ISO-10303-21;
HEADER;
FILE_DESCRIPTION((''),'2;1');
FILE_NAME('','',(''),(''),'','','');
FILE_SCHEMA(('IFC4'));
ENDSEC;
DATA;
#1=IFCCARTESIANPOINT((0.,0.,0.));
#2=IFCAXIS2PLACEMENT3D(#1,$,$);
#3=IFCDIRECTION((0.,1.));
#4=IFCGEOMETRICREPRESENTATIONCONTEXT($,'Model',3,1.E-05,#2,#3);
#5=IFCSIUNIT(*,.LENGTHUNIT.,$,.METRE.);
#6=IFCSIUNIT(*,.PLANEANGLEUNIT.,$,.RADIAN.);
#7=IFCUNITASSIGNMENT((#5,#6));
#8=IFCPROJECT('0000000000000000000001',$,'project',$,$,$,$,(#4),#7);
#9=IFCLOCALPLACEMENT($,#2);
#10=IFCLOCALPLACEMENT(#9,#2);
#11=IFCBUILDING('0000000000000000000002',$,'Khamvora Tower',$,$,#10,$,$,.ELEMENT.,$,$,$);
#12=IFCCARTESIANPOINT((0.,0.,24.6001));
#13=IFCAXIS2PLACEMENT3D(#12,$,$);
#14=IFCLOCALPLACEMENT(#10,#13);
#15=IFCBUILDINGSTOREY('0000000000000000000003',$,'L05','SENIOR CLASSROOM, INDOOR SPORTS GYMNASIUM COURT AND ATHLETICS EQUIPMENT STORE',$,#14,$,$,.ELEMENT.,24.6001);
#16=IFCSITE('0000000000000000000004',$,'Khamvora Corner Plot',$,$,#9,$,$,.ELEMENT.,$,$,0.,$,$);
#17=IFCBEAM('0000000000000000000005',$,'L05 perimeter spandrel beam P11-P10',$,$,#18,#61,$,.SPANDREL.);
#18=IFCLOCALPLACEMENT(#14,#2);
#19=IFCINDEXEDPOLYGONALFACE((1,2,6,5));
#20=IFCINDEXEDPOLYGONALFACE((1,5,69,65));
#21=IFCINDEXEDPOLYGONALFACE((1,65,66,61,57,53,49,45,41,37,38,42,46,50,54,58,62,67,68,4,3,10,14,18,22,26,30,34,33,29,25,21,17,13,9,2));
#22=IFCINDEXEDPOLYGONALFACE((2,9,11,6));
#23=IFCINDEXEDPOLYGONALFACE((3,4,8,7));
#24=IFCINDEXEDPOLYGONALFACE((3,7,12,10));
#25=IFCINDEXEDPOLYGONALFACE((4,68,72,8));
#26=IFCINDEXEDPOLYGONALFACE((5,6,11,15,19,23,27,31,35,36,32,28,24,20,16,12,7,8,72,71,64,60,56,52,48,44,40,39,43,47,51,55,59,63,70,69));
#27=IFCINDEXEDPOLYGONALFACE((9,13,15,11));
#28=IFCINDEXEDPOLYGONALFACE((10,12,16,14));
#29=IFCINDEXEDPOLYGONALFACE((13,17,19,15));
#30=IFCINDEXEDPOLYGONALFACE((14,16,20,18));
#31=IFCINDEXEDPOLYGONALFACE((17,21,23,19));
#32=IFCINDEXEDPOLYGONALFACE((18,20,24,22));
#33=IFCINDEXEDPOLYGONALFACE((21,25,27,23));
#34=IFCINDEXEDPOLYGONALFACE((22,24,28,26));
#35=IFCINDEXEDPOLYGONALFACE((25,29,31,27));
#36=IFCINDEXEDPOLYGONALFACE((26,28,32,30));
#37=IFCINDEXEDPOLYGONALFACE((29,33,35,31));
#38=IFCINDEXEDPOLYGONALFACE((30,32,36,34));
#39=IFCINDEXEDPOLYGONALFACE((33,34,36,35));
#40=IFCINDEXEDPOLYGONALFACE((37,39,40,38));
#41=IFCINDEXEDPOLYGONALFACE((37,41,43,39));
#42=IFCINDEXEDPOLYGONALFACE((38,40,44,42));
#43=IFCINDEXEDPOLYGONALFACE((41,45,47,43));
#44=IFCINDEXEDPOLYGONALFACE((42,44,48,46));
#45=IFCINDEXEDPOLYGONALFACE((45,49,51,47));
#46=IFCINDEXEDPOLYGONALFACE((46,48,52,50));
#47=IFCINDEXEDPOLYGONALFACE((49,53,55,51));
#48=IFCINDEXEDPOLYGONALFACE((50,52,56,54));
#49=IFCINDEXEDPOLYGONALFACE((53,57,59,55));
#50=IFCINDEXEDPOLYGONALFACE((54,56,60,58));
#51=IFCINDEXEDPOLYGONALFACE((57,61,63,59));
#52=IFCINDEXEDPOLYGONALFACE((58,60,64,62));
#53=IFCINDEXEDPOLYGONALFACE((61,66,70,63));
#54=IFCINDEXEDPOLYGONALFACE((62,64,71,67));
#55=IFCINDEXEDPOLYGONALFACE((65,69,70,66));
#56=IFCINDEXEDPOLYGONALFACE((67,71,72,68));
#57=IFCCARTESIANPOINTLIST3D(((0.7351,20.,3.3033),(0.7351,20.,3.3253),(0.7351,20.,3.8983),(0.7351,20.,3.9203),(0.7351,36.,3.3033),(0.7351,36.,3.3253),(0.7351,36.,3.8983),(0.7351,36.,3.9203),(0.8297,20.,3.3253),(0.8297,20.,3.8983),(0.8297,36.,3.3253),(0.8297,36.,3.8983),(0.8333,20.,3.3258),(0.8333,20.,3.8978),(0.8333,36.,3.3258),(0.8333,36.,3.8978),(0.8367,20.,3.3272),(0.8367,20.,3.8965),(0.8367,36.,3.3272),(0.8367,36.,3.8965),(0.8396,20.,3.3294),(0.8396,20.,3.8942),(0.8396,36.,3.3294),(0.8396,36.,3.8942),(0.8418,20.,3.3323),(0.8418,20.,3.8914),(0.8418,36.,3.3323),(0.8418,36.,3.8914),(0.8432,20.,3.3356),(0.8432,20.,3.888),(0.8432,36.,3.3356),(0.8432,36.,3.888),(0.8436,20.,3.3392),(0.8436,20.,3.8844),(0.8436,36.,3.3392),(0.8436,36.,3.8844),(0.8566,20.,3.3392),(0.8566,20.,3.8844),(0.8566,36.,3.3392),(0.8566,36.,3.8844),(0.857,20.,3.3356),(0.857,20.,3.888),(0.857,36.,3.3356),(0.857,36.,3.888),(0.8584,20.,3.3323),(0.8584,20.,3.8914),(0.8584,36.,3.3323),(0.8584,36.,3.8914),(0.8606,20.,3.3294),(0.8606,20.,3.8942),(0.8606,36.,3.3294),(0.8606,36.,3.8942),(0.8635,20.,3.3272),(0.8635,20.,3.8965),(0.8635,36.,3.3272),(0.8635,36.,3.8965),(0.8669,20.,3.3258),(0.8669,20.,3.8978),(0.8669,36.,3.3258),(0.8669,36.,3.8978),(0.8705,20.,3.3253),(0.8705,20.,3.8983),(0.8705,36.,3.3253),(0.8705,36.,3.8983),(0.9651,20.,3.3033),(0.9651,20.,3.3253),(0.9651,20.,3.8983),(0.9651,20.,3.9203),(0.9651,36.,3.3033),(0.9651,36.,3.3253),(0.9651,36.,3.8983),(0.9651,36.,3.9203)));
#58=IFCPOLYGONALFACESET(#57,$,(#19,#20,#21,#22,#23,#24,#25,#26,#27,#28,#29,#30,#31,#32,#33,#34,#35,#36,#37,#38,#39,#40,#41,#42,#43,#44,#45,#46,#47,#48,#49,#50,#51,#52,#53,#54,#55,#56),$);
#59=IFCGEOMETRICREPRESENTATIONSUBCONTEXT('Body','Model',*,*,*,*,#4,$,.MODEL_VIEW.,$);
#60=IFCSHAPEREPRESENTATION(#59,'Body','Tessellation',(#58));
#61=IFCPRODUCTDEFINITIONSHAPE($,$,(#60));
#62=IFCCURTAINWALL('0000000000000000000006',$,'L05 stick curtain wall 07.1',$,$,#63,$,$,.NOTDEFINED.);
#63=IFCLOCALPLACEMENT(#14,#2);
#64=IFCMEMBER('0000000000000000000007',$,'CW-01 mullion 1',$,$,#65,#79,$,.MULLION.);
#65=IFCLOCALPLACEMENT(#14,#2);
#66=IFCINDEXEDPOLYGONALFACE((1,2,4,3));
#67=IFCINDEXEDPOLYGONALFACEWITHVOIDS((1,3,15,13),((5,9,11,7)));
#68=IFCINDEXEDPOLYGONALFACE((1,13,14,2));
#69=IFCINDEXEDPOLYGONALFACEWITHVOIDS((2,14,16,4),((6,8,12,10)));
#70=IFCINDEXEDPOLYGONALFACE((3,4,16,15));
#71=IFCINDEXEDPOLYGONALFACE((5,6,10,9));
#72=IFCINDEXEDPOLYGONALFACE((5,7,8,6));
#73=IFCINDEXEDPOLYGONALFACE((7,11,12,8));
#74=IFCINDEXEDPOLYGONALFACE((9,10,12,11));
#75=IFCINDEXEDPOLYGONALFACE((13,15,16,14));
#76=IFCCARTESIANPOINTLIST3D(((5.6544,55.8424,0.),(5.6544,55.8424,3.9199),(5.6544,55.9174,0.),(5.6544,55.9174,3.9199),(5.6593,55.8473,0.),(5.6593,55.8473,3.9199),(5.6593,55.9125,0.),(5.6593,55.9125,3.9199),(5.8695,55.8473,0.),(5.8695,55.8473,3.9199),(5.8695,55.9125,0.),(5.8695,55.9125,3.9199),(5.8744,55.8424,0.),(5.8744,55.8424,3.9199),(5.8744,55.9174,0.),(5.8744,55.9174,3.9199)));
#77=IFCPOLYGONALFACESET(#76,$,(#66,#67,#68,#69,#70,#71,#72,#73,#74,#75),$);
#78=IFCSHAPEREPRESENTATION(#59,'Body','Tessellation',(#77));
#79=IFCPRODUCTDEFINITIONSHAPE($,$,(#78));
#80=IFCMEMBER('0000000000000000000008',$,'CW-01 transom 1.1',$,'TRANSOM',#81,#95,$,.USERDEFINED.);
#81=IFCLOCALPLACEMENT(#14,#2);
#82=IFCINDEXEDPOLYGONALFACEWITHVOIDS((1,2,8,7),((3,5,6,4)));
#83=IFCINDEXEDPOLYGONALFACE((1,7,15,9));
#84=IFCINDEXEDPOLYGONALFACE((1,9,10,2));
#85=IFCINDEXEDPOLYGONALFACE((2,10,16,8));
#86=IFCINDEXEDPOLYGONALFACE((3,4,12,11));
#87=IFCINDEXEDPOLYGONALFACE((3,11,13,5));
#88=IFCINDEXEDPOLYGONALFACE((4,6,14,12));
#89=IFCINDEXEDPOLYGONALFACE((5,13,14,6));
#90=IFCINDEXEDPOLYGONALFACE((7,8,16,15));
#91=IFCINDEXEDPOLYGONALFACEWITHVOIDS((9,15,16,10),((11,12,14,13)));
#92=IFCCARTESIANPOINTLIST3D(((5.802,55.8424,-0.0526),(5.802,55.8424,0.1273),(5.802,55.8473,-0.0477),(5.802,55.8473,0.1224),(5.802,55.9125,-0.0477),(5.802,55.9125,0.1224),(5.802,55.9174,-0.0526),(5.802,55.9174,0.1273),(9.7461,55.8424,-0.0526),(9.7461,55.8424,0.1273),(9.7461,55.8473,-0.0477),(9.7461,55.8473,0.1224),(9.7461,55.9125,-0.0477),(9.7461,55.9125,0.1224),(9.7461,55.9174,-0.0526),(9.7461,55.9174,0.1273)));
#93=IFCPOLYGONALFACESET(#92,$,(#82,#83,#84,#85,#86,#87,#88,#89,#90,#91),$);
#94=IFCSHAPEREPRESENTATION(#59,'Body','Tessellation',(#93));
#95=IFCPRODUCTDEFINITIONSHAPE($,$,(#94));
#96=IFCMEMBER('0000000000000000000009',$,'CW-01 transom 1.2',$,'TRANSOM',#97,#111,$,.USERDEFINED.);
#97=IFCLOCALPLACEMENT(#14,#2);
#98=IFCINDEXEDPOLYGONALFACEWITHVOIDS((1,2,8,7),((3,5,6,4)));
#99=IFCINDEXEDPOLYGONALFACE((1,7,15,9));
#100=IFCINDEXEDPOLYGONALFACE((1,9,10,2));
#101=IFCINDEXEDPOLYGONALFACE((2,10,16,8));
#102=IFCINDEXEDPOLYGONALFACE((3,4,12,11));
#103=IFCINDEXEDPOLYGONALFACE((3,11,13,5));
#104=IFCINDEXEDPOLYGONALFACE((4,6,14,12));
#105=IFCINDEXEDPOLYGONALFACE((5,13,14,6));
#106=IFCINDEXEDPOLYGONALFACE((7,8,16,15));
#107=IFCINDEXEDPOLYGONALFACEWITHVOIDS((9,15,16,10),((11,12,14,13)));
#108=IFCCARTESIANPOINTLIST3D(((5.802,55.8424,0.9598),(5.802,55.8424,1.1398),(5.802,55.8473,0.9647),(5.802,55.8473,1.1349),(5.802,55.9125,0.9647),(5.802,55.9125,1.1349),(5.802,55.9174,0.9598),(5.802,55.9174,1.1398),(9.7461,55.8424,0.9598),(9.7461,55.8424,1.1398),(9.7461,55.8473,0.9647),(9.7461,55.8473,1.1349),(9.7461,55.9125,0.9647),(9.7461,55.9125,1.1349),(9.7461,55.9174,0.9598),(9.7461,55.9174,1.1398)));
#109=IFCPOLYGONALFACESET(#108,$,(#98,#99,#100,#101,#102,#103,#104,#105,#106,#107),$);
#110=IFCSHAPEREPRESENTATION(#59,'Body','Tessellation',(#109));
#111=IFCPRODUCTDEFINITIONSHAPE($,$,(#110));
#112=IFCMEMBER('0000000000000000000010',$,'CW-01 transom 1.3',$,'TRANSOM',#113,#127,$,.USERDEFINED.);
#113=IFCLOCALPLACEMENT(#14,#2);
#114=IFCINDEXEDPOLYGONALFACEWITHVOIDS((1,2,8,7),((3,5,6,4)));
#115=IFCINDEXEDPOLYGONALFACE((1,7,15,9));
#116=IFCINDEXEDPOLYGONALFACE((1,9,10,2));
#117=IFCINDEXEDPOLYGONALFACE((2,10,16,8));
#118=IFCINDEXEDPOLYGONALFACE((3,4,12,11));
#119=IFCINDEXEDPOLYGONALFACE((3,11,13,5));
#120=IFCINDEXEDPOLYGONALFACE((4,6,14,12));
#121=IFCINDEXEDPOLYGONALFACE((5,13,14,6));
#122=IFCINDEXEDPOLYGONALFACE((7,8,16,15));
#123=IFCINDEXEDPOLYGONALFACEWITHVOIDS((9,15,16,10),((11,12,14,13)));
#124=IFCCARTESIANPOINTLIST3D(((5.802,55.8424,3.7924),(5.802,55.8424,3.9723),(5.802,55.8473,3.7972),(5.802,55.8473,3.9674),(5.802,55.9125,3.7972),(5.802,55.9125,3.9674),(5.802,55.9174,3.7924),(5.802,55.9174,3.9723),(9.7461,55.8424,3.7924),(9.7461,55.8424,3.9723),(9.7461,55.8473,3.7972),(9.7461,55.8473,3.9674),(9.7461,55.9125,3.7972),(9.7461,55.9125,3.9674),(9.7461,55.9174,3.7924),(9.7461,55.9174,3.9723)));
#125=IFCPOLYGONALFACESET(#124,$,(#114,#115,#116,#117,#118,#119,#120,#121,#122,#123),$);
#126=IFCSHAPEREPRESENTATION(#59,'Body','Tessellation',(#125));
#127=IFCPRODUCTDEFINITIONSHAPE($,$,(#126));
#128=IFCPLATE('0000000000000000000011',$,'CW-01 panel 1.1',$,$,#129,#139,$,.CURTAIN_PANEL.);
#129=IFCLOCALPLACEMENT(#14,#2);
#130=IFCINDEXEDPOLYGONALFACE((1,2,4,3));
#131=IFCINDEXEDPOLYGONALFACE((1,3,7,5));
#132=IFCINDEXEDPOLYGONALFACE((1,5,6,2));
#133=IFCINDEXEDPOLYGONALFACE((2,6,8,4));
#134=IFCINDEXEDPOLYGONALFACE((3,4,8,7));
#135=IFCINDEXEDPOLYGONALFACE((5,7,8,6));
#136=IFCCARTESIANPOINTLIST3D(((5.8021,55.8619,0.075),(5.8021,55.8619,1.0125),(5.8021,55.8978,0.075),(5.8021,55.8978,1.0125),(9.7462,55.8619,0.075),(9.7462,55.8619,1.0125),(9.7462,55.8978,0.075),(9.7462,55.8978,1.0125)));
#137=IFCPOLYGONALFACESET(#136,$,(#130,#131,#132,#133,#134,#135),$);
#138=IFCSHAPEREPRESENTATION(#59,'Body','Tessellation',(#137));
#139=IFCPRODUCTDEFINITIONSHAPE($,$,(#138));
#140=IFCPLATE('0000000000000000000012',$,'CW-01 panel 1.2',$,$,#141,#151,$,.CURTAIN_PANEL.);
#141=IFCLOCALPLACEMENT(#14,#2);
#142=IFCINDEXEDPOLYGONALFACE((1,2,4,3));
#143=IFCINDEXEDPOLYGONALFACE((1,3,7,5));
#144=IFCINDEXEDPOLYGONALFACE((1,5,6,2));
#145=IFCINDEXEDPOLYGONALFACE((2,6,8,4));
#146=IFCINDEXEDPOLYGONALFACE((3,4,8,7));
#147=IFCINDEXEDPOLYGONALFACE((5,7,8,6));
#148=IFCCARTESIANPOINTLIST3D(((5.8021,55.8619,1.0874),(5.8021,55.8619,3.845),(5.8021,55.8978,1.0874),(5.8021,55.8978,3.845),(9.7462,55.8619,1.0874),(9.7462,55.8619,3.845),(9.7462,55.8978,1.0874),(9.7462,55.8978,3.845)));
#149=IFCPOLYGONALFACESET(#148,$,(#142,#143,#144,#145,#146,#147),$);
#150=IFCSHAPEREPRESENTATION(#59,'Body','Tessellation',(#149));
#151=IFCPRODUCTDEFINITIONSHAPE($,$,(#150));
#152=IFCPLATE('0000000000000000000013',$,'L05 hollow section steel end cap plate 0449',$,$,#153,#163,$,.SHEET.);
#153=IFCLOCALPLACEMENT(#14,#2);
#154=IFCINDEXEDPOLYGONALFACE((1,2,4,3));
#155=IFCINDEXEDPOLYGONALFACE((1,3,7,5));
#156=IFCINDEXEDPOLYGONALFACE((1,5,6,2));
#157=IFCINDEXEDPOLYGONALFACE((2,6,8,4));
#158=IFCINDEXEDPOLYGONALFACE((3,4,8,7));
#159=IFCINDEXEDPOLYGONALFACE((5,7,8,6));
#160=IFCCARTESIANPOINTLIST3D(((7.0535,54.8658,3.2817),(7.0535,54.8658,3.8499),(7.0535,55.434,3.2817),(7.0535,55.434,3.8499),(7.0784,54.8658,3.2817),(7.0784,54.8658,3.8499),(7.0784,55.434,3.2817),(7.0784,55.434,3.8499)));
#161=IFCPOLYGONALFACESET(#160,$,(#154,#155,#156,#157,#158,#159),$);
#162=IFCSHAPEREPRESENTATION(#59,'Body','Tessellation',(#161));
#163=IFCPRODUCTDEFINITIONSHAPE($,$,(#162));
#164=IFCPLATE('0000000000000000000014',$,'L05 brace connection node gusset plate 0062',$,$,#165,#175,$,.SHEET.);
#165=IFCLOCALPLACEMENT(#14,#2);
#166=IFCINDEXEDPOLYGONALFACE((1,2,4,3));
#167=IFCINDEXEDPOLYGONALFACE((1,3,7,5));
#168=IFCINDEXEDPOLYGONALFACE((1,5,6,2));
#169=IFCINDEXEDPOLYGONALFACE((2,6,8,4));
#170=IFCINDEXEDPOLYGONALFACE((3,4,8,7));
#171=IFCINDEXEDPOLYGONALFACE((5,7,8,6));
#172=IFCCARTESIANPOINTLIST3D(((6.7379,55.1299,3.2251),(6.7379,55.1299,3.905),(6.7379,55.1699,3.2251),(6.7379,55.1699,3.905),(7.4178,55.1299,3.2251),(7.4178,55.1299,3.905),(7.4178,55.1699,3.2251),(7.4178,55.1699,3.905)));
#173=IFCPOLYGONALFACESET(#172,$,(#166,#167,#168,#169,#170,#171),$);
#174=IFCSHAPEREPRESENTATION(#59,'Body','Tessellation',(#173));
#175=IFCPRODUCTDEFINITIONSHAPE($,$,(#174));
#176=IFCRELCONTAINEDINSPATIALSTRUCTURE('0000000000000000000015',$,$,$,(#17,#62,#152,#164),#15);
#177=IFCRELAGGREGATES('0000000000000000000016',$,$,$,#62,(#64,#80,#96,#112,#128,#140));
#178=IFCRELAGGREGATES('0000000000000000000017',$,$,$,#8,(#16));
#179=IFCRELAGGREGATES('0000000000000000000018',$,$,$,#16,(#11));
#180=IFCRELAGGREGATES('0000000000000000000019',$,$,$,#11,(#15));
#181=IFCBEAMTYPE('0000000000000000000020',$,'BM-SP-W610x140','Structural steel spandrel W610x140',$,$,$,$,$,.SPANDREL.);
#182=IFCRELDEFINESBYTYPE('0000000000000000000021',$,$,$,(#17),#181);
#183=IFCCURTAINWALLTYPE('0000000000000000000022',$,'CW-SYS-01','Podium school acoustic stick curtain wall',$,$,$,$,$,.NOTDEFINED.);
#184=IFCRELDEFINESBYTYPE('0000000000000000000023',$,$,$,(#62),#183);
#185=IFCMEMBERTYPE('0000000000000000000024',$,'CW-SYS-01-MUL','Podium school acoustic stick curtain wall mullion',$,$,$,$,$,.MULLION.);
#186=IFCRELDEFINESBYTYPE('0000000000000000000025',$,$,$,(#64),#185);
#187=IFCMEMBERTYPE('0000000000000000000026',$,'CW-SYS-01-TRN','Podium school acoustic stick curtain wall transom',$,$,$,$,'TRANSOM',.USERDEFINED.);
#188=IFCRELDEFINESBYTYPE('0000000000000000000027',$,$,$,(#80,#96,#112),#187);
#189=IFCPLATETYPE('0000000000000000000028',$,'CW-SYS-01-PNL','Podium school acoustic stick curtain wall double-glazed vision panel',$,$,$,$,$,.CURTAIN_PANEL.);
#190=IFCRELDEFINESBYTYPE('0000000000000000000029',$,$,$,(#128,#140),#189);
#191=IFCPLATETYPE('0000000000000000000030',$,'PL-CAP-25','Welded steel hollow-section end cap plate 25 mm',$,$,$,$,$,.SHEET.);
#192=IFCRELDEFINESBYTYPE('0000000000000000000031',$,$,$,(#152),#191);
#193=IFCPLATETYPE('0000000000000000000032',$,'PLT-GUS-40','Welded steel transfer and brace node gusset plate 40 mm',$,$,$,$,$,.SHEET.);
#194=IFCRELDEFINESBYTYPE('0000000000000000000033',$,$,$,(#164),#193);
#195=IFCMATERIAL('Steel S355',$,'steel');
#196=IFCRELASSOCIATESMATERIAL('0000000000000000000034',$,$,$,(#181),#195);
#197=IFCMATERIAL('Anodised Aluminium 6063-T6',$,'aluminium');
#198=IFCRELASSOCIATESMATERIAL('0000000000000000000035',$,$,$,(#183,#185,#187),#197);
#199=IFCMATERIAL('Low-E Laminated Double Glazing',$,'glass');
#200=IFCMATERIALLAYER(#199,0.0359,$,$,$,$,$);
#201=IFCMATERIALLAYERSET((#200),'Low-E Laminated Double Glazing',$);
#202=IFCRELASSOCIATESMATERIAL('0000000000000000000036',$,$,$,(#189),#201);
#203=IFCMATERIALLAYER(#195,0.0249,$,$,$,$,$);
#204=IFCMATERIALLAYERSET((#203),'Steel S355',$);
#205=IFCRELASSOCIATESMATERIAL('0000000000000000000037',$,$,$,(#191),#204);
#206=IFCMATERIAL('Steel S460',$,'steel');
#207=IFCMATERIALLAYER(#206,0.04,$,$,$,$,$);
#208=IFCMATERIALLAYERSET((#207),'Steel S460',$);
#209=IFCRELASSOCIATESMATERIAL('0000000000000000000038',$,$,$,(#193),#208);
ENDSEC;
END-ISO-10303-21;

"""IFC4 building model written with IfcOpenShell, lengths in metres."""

from ifc_helpers import new_model, si_unit, direction, frame, origin, origin_2d, place, context, subcontext, project, spatial, rectangle, hollow_rectangle, i_section, extrude, material, layer, layer_set, material_profile, profile_set, type_object, element, aggregate, save


model = new_model("IFC4")

# Units and contexts
model_context = context("Model", 3, precision=1e-05, world=origin(), true_north=direction((0.0, 1.0)))
body_context = subcontext(model_context, "Body", "Model", "MODEL_VIEW")
ifc_project = project(units=[si_unit("LENGTHUNIT", "METRE"), si_unit("PLANEANGLEUNIT", "RADIAN")], contexts=[model_context])

# Site, building, storey
site_placement = place(None, origin())
site = spatial("IfcSite", under=ifc_project, at=site_placement, Name="Khamvora Corner Plot", CompositionType="ELEMENT", RefElevation=0.0)
building_placement = place(site_placement, origin())
building = spatial("IfcBuilding", under=site, at=building_placement, Name="Khamvora Tower", CompositionType="ELEMENT")
storey_placement = place(building_placement, frame((0.0, 0.0, 24.6001)))
storey = spatial("IfcBuildingStorey", under=building, at=storey_placement, Name="L05", Description="SENIOR CLASSROOM, INDOOR SPORTS GYMNASIUM COURT AND ATHLETICS EQUIPMENT STORE", CompositionType="ELEMENT", Elevation=24.6001)

# Shared definitions
ifc_material_1 = material(Name="Steel S460", Category="steel")

# Beam
ifc_material_2 = material(Name="Steel S355", Category="steel")
ifc_material_profile_1 = material_profile(ifc_material_2, i_section(OverallWidth=0.23, OverallDepth=0.6169, WebThickness=0.0129, FlangeThickness=0.022, FilletRadius=0.0139, at=origin_2d()), Name="W610x140")
ifc_profile_set_1 = profile_set([ifc_material_profile_1], Name="Steel S355")
beam_type_1 = type_object("IfcBeamType", Name="BM-SP-W610x140", Description="Structural steel spandrel W610x140", PredefinedType="SPANDREL", material=ifc_profile_set_1)
beam_1_placement = place(storey_placement, frame((0.8501, 36.0, 3.6118), z_axis=(0.0, -1.0, 0.0), x_axis=(1.0, 0.0, 0.0)))
element("IfcBeam", 1, at=beam_1_placement, inside=storey, type_object=beam_type_1, Name="L05 perimeter spandrel beam P11-P10", PredefinedType="SPANDREL", context=body_context, shape_type="SweptSolid", body=[
    extrude(i_section(OverallWidth=0.23, OverallDepth=0.6169, WebThickness=0.0129, FlangeThickness=0.022, FilletRadius=0.0139, at=origin_2d()), origin(), (0.0, 0.0, 1.0), 16.0),
])

# Curtain wall, members, plates
ifc_material_3 = material(Name="Anodised Aluminium 6063-T6", Category="aluminium")
curtain_wall_type = type_object("IfcCurtainWallType", Name="CW-SYS-01", Description="Podium school acoustic stick curtain wall", PredefinedType="NOTDEFINED", material=ifc_material_3)
curtain_wall_placement = place(storey_placement, origin())
curtain_wall = element("IfcCurtainWall", 2, at=curtain_wall_placement, inside=storey, type_object=curtain_wall_type, Name="L05 stick curtain wall 07.1", PredefinedType="NOTDEFINED")
ifc_material_profile_2 = material_profile(ifc_material_3, hollow_rectangle(XDim=0.075, YDim=0.22, WallThickness=0.0049, at=origin_2d()), Name="MUL75x220x5")
ifc_profile_set_2 = profile_set([ifc_material_profile_2], Name="Anodised Aluminium 6063-T6")
member_type_1 = type_object("IfcMemberType", Name="CW-SYS-01-MUL", Description="Podium school acoustic stick curtain wall mullion", PredefinedType="MULLION", material=ifc_profile_set_2)
member_1_placement = place(storey_placement, frame((5.7644, 55.8799, 0.0), z_axis=(0.0, 0.0, 1.0), x_axis=(0.0, 1.0, 0.0)))
member_1 = element("IfcMember", 3, at=member_1_placement, type_object=member_type_1, Name="CW-01 mullion 1", PredefinedType="MULLION", context=body_context, shape_type="SweptSolid", body=[
    extrude(hollow_rectangle(XDim=0.075, YDim=0.22, WallThickness=0.0049, at=origin_2d()), origin(), (0.0, 0.0, 1.0), 3.9199),
])
ifc_material_profile_3 = material_profile(ifc_material_3, hollow_rectangle(XDim=0.075, YDim=0.1799, WallThickness=0.0049, at=origin_2d()), Name="TRN75x180x5")
ifc_profile_set_3 = profile_set([ifc_material_profile_3], Name="Anodised Aluminium 6063-T6")
member_type_2 = type_object("IfcMemberType", Name="CW-SYS-01-TRN", Description="Podium school acoustic stick curtain wall transom", ElementType="TRANSOM", PredefinedType="USERDEFINED", material=ifc_profile_set_3)
member_2_placement = place(storey_placement, frame((5.802, 55.8799, 0.0374), z_axis=(1.0, 0.0, 0.0), x_axis=(0.0, 1.0, 0.0)))
member_2 = element("IfcMember", 4, at=member_2_placement, type_object=member_type_2, Name="CW-01 transom 1.1", ObjectType="TRANSOM", PredefinedType="USERDEFINED", context=body_context, shape_type="SweptSolid", body=[
    extrude(hollow_rectangle(XDim=0.075, YDim=0.1799, WallThickness=0.0049, at=origin_2d()), origin(), (0.0, 0.0, 1.0), 3.9441),
])
member_3_placement = place(storey_placement, frame((5.802, 55.8799, 1.0498), z_axis=(1.0, 0.0, 0.0), x_axis=(0.0, 1.0, 0.0)))
member_3 = element("IfcMember", 5, at=member_3_placement, type_object=member_type_2, Name="CW-01 transom 1.2", ObjectType="TRANSOM", PredefinedType="USERDEFINED", context=body_context, shape_type="SweptSolid", body=[
    extrude(hollow_rectangle(XDim=0.075, YDim=0.1799, WallThickness=0.0049, at=origin_2d()), origin(), (0.0, 0.0, 1.0), 3.9441),
])
member_4_placement = place(storey_placement, frame((5.802, 55.8799, 3.8823), z_axis=(1.0, 0.0, 0.0), x_axis=(0.0, 1.0, 0.0)))
member_4 = element("IfcMember", 6, at=member_4_placement, type_object=member_type_2, Name="CW-01 transom 1.3", ObjectType="TRANSOM", PredefinedType="USERDEFINED", context=body_context, shape_type="SweptSolid", body=[
    extrude(hollow_rectangle(XDim=0.075, YDim=0.1799, WallThickness=0.0049, at=origin_2d()), origin(), (0.0, 0.0, 1.0), 3.9441),
])
ifc_material_4 = material(Name="Low-E Laminated Double Glazing", Category="glass")
ifc_layer_1 = layer(ifc_material_4, 0.0359)
ifc_layer_set_1 = layer_set([ifc_layer_1], Name="Low-E Laminated Double Glazing")
plate_type_1 = type_object("IfcPlateType", Name="CW-SYS-01-PNL", Description="Podium school acoustic stick curtain wall double-glazed vision panel", PredefinedType="CURTAIN_PANEL", material=ifc_layer_set_1)
plate_1_placement = place(storey_placement, frame((7.7742, 55.8799, 0.075), z_axis=(0.0, 0.0, 1.0), x_axis=(1.0, 0.0, 0.0)))
plate_1 = element("IfcPlate", 7, at=plate_1_placement, type_object=plate_type_1, Name="CW-01 panel 1.1", PredefinedType="CURTAIN_PANEL", context=body_context, shape_type="SweptSolid", body=[
    extrude(rectangle(XDim=3.9441, YDim=0.0359, at=origin_2d()), origin(), (0.0, 0.0, 1.0), 0.9375),
])
plate_2_placement = place(storey_placement, frame((7.7742, 55.8799, 1.0874), z_axis=(0.0, 0.0, 1.0), x_axis=(1.0, 0.0, 0.0)))
plate_2 = element("IfcPlate", 8, at=plate_2_placement, type_object=plate_type_1, Name="CW-01 panel 1.2", PredefinedType="CURTAIN_PANEL", context=body_context, shape_type="SweptSolid", body=[
    extrude(rectangle(XDim=3.9441, YDim=0.0359, at=origin_2d()), origin(), (0.0, 0.0, 1.0), 2.7576),
])
aggregate(curtain_wall, [member_1, member_2, member_3, member_4, plate_1, plate_2])

# Plates
ifc_layer_2 = layer(ifc_material_2, 0.0249)
ifc_layer_set_2 = layer_set([ifc_layer_2], Name="Steel S355")
plate_type_2 = type_object("IfcPlateType", Name="PL-CAP-25", Description="Welded steel hollow-section end cap plate 25 mm", PredefinedType="SHEET", material=ifc_layer_set_2)
plate_3_placement = place(storey_placement, frame((7.0659, 55.1499, 3.2817), z_axis=(0.0, 0.0, 1.0), x_axis=(-1.0, 0.0, 0.0)))
element("IfcPlate", 9, at=plate_3_placement, inside=storey, type_object=plate_type_2, Name="L05 hollow section steel end cap plate 0449", PredefinedType="SHEET", context=body_context, shape_type="SweptSolid", body=[
    extrude(rectangle(XDim=0.0249, YDim=0.5681, at=origin_2d()), origin(), (0.0, 0.0, 1.0), 0.5681),
])
ifc_layer_3 = layer(ifc_material_1, 0.04)
ifc_layer_set_3 = layer_set([ifc_layer_3], Name="Steel S460")
plate_type_3 = type_object("IfcPlateType", Name="PLT-GUS-40", Description="Welded steel transfer and brace node gusset plate 40 mm", PredefinedType="SHEET", material=ifc_layer_set_3)
plate_4_placement = place(storey_placement, frame((7.0779, 55.1499, 3.2251), z_axis=(0.0, 0.0, 1.0), x_axis=(1.0, 0.0, 0.0)))
element("IfcPlate", 10, at=plate_4_placement, inside=storey, type_object=plate_type_3, Name="L05 brace connection node gusset plate 0062", PredefinedType="SHEET", context=body_context, shape_type="SweptSolid", body=[
    extrude(rectangle(XDim=0.6799, YDim=0.04, at=origin_2d()), origin(), (0.0, 0.0, 1.0), 0.6799),
])

save(model, "model.ifc")
